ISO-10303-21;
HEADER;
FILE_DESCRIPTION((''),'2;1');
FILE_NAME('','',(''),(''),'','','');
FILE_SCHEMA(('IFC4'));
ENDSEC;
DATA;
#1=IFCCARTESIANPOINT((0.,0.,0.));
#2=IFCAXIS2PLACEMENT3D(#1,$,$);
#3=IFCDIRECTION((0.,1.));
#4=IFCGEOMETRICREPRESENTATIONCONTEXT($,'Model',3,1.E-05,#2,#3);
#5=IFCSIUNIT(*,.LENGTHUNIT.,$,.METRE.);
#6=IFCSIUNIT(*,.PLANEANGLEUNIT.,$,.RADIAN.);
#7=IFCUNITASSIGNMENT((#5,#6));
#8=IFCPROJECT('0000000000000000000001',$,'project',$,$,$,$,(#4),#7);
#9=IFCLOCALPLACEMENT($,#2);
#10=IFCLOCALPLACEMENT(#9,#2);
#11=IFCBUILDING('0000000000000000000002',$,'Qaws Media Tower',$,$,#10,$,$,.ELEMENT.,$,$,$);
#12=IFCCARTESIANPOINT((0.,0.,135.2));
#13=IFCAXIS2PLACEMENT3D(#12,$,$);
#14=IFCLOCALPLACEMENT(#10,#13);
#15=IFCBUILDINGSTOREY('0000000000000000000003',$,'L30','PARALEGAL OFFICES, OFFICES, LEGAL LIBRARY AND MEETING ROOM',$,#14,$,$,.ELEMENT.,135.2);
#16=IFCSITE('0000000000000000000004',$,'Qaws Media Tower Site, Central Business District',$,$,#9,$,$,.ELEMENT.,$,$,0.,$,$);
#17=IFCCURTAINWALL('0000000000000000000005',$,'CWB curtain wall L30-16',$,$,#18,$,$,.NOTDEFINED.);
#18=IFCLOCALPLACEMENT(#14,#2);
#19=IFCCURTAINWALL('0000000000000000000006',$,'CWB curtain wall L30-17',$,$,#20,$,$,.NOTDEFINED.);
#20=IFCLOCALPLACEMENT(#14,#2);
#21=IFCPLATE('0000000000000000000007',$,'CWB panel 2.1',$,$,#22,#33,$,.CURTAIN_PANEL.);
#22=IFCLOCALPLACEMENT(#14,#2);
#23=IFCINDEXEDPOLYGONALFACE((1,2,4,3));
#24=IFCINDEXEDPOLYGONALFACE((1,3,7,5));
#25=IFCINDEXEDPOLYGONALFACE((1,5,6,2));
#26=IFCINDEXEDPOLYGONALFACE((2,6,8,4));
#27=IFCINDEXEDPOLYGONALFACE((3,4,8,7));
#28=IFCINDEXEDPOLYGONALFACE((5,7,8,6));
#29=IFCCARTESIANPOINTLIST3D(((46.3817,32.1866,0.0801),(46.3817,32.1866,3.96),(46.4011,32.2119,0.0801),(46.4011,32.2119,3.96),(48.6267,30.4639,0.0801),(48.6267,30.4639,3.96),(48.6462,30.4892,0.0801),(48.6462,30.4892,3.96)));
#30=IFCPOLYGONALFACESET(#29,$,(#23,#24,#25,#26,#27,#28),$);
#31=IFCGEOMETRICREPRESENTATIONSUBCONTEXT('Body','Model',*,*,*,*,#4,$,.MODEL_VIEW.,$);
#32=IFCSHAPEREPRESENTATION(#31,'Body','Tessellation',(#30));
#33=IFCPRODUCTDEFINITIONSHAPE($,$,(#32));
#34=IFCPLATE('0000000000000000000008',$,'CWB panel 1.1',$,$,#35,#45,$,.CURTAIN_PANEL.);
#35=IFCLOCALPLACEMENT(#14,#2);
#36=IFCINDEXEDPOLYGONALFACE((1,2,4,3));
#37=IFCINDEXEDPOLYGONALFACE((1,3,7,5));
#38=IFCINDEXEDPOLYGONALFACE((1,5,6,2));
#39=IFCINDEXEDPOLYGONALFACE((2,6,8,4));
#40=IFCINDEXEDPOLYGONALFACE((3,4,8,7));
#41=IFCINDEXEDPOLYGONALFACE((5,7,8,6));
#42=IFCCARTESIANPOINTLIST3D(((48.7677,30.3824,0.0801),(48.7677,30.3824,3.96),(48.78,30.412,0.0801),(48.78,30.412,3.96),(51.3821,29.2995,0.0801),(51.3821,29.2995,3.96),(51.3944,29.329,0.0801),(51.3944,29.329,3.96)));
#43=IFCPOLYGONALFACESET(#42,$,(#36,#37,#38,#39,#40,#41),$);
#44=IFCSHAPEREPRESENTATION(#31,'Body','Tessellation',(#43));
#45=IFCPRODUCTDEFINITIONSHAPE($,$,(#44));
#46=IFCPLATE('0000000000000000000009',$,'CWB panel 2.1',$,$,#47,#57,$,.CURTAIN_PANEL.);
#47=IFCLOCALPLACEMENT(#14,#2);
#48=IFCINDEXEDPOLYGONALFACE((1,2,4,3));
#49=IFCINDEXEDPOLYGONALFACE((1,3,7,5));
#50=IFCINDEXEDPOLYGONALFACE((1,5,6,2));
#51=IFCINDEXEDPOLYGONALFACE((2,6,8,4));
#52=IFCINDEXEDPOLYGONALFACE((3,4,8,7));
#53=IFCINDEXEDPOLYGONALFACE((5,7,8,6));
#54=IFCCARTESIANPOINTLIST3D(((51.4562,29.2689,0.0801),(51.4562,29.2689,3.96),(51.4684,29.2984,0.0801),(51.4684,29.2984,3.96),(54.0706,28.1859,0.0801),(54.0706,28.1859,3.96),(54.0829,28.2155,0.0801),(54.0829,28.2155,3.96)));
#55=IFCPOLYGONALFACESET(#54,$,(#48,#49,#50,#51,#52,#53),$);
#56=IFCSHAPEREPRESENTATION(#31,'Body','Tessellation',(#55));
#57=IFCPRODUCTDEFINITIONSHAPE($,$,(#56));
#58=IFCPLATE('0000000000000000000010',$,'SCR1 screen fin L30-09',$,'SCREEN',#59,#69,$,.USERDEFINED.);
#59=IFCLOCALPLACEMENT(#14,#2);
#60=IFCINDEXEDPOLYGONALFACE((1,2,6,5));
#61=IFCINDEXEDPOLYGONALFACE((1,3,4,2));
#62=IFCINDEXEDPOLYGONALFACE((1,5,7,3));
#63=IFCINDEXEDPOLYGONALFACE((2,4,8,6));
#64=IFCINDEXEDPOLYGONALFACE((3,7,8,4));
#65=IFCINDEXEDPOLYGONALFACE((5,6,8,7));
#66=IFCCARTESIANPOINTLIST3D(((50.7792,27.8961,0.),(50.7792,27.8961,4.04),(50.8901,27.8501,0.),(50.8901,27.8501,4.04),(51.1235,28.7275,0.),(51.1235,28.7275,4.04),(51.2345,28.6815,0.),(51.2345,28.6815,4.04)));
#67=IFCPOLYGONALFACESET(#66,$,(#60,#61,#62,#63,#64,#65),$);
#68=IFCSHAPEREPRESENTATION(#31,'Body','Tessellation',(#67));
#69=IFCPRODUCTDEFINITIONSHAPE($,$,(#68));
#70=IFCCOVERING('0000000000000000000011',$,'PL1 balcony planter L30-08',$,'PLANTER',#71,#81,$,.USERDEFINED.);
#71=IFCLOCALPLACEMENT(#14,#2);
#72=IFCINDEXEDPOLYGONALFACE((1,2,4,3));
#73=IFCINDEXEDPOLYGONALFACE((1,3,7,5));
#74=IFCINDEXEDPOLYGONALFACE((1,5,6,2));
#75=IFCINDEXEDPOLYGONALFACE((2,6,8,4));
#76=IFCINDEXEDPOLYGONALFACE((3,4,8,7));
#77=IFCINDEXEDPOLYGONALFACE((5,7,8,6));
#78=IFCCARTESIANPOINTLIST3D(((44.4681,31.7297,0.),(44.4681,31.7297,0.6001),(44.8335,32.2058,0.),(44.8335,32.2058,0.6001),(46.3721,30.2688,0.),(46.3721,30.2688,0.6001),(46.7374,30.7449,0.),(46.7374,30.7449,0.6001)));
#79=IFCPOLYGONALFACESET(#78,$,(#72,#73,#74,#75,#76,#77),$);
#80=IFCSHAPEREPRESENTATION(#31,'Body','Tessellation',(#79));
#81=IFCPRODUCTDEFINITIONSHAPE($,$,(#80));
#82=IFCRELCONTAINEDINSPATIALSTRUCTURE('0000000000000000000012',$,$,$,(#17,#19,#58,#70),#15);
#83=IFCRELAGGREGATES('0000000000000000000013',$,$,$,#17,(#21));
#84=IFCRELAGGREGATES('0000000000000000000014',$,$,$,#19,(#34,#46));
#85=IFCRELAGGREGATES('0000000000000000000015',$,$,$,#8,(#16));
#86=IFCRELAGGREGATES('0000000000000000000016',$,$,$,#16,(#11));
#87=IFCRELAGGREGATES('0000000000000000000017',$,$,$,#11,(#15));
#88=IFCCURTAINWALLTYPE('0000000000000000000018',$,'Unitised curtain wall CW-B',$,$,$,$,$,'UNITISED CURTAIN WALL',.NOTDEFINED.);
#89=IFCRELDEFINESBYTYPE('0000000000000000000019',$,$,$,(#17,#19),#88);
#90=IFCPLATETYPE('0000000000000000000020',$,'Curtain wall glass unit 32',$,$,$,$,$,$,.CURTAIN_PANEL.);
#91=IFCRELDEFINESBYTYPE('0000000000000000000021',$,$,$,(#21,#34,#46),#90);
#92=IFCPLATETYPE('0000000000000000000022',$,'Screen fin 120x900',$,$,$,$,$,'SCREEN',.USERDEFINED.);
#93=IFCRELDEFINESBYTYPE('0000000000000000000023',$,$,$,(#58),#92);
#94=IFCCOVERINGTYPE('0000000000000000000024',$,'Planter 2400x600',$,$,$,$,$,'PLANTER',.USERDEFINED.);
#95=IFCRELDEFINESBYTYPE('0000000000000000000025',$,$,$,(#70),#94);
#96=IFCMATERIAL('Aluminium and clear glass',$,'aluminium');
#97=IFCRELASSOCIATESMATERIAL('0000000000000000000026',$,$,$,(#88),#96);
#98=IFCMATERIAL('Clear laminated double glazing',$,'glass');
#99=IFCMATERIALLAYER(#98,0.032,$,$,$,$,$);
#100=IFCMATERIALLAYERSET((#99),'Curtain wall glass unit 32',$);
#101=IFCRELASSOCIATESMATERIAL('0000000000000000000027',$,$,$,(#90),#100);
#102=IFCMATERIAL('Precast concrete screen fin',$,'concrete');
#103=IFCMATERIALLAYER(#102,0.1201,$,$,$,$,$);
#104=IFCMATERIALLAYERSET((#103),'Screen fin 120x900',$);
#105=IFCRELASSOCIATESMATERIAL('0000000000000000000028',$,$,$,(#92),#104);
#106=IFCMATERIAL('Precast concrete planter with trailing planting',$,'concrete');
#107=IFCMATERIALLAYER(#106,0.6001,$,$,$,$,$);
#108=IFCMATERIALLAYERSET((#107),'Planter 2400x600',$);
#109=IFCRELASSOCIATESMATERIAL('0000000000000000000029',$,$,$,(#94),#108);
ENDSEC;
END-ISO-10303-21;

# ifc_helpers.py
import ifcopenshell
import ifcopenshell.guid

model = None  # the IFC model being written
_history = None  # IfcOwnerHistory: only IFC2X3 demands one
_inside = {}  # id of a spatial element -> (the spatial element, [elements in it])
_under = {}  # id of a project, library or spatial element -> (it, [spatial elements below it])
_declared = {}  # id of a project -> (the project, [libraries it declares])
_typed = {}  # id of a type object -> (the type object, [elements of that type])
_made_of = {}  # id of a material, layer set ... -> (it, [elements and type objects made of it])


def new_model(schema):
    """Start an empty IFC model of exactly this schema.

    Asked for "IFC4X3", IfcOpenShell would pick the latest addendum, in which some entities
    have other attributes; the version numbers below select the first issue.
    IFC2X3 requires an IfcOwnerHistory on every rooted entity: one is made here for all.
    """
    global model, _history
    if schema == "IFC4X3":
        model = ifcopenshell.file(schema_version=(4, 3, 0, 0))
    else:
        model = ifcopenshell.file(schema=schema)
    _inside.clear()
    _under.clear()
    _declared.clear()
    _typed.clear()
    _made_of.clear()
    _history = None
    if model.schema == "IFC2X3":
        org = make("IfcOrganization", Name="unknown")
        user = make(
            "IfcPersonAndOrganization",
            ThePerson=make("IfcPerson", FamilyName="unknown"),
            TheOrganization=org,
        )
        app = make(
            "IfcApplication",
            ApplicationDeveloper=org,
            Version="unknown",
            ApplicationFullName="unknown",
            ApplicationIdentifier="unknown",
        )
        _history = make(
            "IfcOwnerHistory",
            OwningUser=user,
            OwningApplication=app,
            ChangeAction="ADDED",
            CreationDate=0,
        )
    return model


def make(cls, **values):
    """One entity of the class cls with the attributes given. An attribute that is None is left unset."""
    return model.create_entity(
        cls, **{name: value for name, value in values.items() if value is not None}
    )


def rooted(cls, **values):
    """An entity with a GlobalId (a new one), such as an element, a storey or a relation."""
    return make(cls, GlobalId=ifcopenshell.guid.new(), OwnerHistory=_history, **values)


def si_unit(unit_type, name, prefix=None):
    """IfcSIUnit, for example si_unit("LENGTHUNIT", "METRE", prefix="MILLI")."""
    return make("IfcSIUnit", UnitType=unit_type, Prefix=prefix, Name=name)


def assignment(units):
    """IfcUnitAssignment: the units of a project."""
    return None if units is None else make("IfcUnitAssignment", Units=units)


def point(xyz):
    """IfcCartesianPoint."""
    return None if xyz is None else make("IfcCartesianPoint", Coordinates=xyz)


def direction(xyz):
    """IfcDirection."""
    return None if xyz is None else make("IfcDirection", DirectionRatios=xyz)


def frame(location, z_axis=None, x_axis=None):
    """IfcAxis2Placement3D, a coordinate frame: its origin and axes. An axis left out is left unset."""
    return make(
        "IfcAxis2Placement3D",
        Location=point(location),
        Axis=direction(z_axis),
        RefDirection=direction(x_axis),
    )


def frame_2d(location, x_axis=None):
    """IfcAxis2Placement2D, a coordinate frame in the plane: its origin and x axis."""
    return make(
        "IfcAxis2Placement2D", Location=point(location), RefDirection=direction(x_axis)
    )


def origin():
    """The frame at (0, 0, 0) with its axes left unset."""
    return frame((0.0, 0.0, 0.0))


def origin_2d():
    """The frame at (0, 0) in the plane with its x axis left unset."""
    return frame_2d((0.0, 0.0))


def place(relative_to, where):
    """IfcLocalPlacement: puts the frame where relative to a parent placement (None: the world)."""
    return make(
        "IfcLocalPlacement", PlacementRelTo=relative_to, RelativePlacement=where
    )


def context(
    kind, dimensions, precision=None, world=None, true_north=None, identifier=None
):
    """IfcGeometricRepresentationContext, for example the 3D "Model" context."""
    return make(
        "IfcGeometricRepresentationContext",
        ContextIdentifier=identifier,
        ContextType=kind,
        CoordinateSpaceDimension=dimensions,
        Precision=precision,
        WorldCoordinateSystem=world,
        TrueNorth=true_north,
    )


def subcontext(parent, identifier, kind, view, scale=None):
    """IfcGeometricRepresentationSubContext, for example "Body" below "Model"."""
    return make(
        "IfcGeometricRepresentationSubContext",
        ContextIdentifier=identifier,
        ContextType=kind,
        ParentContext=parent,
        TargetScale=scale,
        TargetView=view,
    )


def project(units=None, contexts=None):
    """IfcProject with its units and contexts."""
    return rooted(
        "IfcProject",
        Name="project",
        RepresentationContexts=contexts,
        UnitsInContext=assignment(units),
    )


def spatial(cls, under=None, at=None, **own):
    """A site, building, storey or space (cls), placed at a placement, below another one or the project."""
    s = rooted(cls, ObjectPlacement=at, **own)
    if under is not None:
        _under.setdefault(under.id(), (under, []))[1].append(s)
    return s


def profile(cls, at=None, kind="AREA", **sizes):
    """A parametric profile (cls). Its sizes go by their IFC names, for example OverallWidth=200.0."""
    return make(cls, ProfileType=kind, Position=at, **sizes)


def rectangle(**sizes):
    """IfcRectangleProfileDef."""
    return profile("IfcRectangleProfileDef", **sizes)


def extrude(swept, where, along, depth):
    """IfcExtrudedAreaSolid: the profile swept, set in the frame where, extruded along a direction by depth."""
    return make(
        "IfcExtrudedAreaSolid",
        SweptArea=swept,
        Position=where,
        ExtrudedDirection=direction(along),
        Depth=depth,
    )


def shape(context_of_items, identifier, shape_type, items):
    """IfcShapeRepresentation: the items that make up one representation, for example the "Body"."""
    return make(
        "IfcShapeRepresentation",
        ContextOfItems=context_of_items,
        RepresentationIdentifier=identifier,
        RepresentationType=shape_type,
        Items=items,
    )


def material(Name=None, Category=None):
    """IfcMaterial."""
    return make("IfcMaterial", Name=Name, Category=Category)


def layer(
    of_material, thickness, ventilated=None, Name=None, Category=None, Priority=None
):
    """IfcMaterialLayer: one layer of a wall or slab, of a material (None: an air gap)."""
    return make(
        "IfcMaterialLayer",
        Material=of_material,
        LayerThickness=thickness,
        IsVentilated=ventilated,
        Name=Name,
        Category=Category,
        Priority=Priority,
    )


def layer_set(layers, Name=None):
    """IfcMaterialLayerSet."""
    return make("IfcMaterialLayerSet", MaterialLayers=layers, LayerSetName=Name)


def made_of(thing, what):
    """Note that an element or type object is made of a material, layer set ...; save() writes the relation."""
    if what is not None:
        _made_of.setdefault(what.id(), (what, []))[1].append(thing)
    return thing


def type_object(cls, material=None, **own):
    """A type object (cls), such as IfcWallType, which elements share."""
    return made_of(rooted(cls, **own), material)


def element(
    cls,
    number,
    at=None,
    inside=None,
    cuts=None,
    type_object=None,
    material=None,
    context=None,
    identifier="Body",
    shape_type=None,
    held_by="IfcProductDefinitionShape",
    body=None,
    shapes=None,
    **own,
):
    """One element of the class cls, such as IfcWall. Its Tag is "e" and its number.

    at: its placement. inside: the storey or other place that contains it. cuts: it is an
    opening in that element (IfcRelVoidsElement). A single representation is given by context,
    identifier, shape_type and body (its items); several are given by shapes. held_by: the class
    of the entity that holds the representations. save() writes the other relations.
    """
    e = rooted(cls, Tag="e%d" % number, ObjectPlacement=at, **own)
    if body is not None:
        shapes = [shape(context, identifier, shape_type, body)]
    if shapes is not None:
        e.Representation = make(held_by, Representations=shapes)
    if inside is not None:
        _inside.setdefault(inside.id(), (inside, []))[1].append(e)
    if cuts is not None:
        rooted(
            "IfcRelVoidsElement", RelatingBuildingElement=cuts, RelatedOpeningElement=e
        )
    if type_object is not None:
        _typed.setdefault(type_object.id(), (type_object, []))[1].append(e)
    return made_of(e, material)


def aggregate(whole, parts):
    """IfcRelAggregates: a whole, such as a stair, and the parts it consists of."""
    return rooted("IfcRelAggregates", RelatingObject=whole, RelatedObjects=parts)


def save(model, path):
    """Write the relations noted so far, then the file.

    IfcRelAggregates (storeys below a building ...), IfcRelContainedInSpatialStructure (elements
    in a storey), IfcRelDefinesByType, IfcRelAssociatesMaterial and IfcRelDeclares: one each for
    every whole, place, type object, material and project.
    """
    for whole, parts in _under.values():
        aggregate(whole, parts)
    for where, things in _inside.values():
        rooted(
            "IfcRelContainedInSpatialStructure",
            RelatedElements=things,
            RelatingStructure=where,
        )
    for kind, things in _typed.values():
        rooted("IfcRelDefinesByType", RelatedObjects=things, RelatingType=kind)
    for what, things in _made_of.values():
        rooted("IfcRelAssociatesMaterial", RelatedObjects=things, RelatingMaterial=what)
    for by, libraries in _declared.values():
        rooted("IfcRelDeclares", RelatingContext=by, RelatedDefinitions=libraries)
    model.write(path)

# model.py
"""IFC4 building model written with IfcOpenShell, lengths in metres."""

from ifc_helpers import new_model, si_unit, direction, frame, origin, origin_2d, place, context, subcontext, project, spatial, rectangle, extrude, material, layer, layer_set, type_object, element, aggregate, save


model = new_model("IFC4")

# Units and contexts
model_context = context("Model", 3, precision=1e-05, world=origin(), true_north=direction((0.0, 1.0)))
body_context = subcontext(model_context, "Body", "Model", "MODEL_VIEW")
ifc_project = project(units=[si_unit("LENGTHUNIT", "METRE"), si_unit("PLANEANGLEUNIT", "RADIAN")], contexts=[model_context])

# Site, building, storey
site_placement = place(None, origin())
site = spatial("IfcSite", under=ifc_project, at=site_placement, Name="Qaws Media Tower Site, Central Business District", CompositionType="ELEMENT", RefElevation=0.0)
building_placement = place(site_placement, origin())
building = spatial("IfcBuilding", under=site, at=building_placement, Name="Qaws Media Tower", CompositionType="ELEMENT")
storey_placement = place(building_placement, frame((0.0, 0.0, 135.2)))
storey = spatial("IfcBuildingStorey", under=building, at=storey_placement, Name="L30", Description="PARALEGAL OFFICES, OFFICES, LEGAL LIBRARY AND MEETING ROOM", CompositionType="ELEMENT", Elevation=135.2)

# Shared definitions
ifc_material_1 = material(Name="Aluminium and clear glass", Category="aluminium")
curtain_wall_type = type_object("IfcCurtainWallType", Name="Unitised curtain wall CW-B", ElementType="UNITISED CURTAIN WALL", PredefinedType="NOTDEFINED", material=ifc_material_1)

# Curtain walls
curtain_wall_1_placement = place(storey_placement, origin())
curtain_wall_1 = element("IfcCurtainWall", 1, at=curtain_wall_1_placement, inside=storey, type_object=curtain_wall_type, Name="CWB curtain wall L30-16", PredefinedType="NOTDEFINED")
curtain_wall_2_placement = place(storey_placement, origin())
curtain_wall_2 = element("IfcCurtainWall", 2, at=curtain_wall_2_placement, inside=storey, type_object=curtain_wall_type, Name="CWB curtain wall L30-17", PredefinedType="NOTDEFINED")

# Plates
ifc_material_2 = material(Name="Clear laminated double glazing", Category="glass")
ifc_layer_1 = layer(ifc_material_2, 0.032)
ifc_layer_set_1 = layer_set([ifc_layer_1], Name="Curtain wall glass unit 32")
plate_type_1 = type_object("IfcPlateType", Name="Curtain wall glass unit 32", PredefinedType="CURTAIN_PANEL", material=ifc_layer_set_1)
plate_1_placement = place(storey_placement, frame((47.5139, 31.3379, 0.0801), z_axis=(0.0, 0.0, 1.0), x_axis=(0.793353, -0.608761, 0.0)))
plate_1 = element("IfcPlate", 3, at=plate_1_placement, type_object=plate_type_1, Name="CWB panel 2.1", PredefinedType="CURTAIN_PANEL", context=body_context, shape_type="SweptSolid", body=[
    extrude(rectangle(XDim=2.8298, YDim=0.032, at=origin_2d()), origin(), (0.0, 0.0, 1.0), 3.8799),
])
aggregate(curtain_wall_1, [plate_1])
plate_2_placement = place(storey_placement, frame((50.0811, 29.8557, 0.0801), z_axis=(0.0, 0.0, 1.0), x_axis=(0.92388, -0.382683, 0.0)))
plate_2 = element("IfcPlate", 4, at=plate_2_placement, type_object=plate_type_1, Name="CWB panel 1.1", PredefinedType="CURTAIN_PANEL", context=body_context, shape_type="SweptSolid", body=[
    extrude(rectangle(XDim=2.8298, YDim=0.032, at=origin_2d()), origin(), (0.0, 0.0, 1.0), 3.8799),
])
plate_3_placement = place(storey_placement, frame((52.7695, 28.7422, 0.0801), z_axis=(0.0, 0.0, 1.0), x_axis=(0.92388, -0.382683, 0.0)))
plate_3 = element("IfcPlate", 5, at=plate_3_placement, type_object=plate_type_1, Name="CWB panel 2.1", PredefinedType="CURTAIN_PANEL", context=body_context, shape_type="SweptSolid", body=[
    extrude(rectangle(XDim=2.8298, YDim=0.032, at=origin_2d()), origin(), (0.0, 0.0, 1.0), 3.8799),
])
aggregate(curtain_wall_2, [plate_2, plate_3])
ifc_material_3 = material(Name="Precast concrete screen fin", Category="concrete")
ifc_layer_2 = layer(ifc_material_3, 0.1201)
ifc_layer_set_2 = layer_set([ifc_layer_2], Name="Screen fin 120x900")
plate_type_2 = type_object("IfcPlateType", Name="Screen fin 120x900", ElementType="SCREEN", PredefinedType="USERDEFINED", material=ifc_layer_set_2)
plate_4_placement = place(storey_placement, frame((51.0068, 28.2888, 0.0), z_axis=(0.0, 0.0, 1.0), x_axis=(-0.382683, -0.92388, 0.0)))
element("IfcPlate", 6, at=plate_4_placement, inside=storey, type_object=plate_type_2, Name="SCR1 screen fin L30-09", ObjectType="SCREEN", PredefinedType="USERDEFINED", context=body_context, shape_type="SweptSolid", body=[
    extrude(rectangle(XDim=0.8999, YDim=0.1201, at=origin_2d()), origin(), (0.0, 0.0, 1.0), 4.04),
])

# Covering
ifc_material_4 = material(Name="Precast concrete planter with trailing planting", Category="concrete")
ifc_layer_3 = layer(ifc_material_4, 0.6001)
ifc_layer_set_3 = layer_set([ifc_layer_3], Name="Planter 2400x600")
covering_type = type_object("IfcCoveringType", Name="Planter 2400x600", ElementType="PLANTER", PredefinedType="USERDEFINED", material=ifc_layer_set_3)
covering_placement = place(storey_placement, frame((45.6028, 31.2373, 0.0), z_axis=(0.0, 0.0, 1.0), x_axis=(0.793353, -0.608761, 0.0)))
element("IfcCovering", 7, at=covering_placement, inside=storey, type_object=covering_type, Name="PL1 balcony planter L30-08", ObjectType="PLANTER", PredefinedType="USERDEFINED", context=body_context, shape_type="SweptSolid", body=[
    extrude(rectangle(XDim=2.3999, YDim=0.6001, at=origin_2d()), origin(), (0.0, 0.0, 1.0), 0.6001),
])

save(model, "model.ifc")
